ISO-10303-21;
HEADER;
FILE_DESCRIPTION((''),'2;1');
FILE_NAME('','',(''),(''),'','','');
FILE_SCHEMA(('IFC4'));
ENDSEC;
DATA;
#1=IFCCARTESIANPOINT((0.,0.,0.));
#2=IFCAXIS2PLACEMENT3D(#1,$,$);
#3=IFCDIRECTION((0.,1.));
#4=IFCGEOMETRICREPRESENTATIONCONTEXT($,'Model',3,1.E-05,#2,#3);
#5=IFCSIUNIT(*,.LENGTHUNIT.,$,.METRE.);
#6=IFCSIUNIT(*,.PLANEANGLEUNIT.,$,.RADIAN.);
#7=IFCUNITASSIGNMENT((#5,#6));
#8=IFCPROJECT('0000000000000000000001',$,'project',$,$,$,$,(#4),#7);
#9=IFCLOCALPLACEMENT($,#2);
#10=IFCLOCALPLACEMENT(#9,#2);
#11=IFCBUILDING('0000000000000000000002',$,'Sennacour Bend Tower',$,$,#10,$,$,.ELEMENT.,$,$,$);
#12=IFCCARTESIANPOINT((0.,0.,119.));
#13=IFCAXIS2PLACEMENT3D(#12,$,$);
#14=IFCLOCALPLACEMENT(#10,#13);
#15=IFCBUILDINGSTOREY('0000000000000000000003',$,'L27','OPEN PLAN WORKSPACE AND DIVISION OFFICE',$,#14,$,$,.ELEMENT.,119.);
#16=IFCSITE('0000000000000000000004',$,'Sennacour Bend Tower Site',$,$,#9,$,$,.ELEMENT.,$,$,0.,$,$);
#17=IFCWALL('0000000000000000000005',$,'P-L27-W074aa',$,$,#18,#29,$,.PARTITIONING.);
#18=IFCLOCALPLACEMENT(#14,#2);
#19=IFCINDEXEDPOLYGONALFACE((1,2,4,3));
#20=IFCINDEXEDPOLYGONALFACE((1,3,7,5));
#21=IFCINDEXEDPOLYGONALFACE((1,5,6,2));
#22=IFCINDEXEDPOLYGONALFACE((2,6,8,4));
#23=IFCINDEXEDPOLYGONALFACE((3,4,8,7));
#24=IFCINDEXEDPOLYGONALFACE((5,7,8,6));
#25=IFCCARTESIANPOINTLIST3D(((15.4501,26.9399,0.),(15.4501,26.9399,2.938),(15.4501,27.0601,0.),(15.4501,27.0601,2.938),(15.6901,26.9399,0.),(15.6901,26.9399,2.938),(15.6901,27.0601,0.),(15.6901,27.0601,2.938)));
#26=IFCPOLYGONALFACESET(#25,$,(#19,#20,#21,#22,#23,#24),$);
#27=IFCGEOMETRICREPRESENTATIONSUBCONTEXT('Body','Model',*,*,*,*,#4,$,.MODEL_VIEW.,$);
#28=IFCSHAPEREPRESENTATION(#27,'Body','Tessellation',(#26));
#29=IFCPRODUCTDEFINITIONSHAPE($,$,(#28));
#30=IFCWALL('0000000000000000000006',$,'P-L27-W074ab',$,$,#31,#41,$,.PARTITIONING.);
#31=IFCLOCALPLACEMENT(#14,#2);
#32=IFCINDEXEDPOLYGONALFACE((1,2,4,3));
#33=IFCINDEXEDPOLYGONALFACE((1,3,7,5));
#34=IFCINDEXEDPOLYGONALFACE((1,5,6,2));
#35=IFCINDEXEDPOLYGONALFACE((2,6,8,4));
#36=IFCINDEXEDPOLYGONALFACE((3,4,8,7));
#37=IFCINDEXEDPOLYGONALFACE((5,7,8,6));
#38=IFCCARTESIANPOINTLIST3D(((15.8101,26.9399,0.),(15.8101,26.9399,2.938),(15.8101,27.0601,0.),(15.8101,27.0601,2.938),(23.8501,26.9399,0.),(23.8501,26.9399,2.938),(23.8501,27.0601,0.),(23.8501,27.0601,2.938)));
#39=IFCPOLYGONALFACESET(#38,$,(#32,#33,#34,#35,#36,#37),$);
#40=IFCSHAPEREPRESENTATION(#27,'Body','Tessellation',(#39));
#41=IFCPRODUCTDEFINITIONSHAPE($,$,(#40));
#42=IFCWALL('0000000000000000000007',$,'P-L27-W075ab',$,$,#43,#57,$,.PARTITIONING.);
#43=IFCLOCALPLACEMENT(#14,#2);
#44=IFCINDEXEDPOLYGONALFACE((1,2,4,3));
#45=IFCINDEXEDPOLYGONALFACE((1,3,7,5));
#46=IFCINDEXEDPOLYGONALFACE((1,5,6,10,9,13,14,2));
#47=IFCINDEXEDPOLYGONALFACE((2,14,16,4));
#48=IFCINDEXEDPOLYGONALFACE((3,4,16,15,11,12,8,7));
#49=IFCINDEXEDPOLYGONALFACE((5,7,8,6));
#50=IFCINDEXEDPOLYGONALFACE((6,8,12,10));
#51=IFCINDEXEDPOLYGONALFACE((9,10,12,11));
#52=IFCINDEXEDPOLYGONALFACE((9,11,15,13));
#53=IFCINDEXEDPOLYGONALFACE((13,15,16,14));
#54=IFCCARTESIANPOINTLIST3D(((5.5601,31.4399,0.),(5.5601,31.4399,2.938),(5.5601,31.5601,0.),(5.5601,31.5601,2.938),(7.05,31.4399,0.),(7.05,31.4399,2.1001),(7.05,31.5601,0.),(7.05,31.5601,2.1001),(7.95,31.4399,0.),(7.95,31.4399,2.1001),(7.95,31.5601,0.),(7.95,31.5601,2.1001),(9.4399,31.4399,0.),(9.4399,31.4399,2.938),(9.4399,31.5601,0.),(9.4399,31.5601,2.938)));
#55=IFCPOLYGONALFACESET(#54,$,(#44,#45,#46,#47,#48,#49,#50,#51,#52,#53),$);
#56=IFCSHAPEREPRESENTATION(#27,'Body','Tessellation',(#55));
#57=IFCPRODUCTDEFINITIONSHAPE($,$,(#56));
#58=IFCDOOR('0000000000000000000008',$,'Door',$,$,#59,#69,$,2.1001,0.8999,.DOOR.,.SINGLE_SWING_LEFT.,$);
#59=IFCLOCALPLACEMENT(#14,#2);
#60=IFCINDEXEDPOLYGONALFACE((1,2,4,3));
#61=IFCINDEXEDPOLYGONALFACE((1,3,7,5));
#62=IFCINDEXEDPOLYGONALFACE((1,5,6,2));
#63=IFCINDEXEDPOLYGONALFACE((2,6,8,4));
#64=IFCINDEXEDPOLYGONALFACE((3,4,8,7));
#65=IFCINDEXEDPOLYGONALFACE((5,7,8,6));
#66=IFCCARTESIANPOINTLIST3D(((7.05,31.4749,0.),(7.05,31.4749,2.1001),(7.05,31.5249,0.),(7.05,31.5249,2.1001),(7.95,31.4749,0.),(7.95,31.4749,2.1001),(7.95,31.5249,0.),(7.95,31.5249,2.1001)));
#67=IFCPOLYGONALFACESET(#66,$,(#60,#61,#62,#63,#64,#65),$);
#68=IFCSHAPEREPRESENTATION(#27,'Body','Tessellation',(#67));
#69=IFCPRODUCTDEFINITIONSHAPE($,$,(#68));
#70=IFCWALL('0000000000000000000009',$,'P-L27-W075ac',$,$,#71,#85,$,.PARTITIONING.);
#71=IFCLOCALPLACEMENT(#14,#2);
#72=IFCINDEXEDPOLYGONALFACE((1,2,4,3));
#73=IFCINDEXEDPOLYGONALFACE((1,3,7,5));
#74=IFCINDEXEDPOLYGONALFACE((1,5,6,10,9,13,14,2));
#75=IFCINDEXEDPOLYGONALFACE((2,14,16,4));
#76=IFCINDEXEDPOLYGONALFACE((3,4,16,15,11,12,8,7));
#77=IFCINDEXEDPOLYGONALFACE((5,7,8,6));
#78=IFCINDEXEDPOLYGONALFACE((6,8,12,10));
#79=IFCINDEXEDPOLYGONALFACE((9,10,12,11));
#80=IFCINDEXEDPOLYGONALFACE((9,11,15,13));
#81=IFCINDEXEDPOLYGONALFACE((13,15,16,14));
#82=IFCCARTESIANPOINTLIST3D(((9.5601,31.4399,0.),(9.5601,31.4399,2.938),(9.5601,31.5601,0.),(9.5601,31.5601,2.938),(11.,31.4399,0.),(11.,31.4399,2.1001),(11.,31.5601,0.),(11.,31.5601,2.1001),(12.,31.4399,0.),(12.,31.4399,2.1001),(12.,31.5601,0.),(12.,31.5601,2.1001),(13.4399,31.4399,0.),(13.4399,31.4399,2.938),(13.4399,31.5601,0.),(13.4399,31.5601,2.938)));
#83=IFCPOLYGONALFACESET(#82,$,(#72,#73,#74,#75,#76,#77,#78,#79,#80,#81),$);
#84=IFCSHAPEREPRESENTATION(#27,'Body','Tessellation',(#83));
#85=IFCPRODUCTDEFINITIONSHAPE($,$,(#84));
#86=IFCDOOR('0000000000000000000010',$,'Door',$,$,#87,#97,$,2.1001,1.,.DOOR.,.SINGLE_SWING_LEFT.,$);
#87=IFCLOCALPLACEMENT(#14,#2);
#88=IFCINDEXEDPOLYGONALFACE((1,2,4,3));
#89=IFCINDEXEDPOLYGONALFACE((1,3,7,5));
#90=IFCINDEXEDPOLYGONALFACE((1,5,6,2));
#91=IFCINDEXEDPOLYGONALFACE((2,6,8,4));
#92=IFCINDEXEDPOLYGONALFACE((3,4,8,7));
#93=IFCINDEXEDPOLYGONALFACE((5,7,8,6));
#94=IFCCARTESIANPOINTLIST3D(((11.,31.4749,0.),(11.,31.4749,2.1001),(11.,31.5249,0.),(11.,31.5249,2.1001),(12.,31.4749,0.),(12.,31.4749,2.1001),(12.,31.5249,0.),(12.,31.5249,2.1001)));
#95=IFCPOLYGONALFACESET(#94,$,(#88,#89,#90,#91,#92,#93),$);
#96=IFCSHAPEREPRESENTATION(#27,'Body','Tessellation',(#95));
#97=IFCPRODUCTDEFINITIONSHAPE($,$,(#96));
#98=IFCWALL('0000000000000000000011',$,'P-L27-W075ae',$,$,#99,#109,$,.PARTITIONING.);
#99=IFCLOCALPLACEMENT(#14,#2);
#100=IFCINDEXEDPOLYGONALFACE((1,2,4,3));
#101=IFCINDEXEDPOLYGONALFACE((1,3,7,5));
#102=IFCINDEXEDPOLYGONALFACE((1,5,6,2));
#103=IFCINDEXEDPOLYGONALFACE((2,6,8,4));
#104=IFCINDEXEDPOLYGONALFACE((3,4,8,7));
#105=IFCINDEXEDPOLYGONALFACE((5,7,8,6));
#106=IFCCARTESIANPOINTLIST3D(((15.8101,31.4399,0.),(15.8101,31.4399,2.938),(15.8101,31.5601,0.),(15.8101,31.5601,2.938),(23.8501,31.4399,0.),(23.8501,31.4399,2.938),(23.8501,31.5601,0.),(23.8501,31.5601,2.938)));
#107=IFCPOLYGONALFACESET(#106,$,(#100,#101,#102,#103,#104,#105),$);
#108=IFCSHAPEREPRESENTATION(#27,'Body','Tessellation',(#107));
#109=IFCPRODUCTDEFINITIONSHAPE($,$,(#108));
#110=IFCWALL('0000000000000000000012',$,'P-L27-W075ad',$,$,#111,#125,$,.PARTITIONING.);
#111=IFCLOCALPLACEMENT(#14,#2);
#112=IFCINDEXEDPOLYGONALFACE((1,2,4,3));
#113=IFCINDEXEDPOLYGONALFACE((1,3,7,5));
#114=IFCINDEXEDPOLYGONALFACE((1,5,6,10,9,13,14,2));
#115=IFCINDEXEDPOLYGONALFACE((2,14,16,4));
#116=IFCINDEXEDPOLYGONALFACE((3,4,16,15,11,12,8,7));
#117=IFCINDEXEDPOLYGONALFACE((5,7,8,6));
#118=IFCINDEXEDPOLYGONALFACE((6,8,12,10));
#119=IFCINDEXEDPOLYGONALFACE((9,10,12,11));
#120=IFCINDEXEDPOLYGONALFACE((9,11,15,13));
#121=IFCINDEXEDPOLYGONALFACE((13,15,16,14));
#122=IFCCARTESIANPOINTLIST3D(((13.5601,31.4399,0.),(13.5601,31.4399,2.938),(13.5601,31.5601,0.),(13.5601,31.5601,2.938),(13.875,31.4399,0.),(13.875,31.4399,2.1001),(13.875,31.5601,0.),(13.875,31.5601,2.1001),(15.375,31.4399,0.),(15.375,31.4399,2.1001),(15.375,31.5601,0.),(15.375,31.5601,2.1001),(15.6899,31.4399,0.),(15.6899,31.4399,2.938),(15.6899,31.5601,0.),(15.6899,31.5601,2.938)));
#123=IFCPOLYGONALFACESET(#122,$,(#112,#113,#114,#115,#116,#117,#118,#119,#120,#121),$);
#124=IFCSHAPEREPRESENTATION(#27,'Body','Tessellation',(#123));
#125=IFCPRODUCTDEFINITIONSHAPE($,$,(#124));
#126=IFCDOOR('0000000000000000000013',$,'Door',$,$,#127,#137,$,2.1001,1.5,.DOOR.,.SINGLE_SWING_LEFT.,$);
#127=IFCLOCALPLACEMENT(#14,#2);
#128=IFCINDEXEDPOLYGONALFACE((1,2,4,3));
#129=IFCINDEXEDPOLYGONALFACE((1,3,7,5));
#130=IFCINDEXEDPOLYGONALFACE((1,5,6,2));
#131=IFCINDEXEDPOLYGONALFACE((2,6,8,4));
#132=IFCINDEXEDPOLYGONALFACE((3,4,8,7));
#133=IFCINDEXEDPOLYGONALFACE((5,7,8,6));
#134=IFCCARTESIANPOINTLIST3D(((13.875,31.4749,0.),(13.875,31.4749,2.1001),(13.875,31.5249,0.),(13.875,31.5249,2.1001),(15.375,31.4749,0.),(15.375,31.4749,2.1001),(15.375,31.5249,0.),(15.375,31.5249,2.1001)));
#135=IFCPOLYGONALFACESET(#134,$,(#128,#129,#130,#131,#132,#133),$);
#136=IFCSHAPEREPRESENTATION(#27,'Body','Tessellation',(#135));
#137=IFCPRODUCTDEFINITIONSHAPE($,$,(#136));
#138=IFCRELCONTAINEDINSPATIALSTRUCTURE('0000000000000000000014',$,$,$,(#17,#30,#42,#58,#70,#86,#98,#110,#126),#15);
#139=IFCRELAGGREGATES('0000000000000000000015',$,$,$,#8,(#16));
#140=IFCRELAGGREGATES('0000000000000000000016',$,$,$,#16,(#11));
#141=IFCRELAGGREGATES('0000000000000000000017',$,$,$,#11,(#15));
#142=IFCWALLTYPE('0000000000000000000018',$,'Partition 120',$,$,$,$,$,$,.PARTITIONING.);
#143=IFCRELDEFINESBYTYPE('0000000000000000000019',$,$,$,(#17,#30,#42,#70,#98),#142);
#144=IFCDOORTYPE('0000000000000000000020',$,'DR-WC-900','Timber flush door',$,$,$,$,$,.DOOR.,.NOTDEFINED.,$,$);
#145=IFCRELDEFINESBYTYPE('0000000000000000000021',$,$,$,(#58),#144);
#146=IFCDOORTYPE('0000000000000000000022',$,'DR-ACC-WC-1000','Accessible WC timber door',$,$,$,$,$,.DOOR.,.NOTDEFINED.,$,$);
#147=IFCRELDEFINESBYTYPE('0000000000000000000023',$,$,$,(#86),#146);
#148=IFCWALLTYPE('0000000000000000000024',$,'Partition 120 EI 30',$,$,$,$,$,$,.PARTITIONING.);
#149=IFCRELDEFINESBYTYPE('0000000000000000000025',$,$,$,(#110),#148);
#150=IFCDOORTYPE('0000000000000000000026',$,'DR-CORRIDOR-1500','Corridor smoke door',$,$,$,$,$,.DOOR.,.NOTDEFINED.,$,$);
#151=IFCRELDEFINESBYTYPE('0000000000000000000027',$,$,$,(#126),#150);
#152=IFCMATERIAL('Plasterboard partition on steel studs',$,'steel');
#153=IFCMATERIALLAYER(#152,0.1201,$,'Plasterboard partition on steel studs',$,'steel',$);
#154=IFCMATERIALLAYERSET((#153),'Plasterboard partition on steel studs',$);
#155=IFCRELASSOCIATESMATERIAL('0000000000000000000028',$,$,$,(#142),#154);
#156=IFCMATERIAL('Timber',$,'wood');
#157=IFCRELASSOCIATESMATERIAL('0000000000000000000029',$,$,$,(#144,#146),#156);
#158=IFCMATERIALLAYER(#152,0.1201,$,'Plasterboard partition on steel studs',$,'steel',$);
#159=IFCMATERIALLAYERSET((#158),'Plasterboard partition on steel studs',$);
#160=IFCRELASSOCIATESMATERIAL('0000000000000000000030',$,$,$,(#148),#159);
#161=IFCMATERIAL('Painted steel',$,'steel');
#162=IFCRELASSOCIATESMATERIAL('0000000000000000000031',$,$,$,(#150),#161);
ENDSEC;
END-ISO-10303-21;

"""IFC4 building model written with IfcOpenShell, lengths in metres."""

from ifc_helpers import new_model, si_unit, direction, frame, frame_2d, origin, place, context, subcontext, project, spatial, rectangle, extrude, material, layer, layer_set, type_object, element, fill, save


model = new_model("IFC4")

# Units and contexts
model_context = context("Model", 3, precision=1e-05, world=origin(), true_north=direction((0.0, 1.0)))
body_context = subcontext(model_context, "Body", "Model", "MODEL_VIEW")
ifc_project = project(units=[si_unit("LENGTHUNIT", "METRE"), si_unit("PLANEANGLEUNIT", "RADIAN")], contexts=[model_context])

# Site, building, storey
site_placement = place(None, origin())
site = spatial("IfcSite", under=ifc_project, at=site_placement, Name="Sennacour Bend Tower Site", CompositionType="ELEMENT", RefElevation=0.0)
building_placement = place(site_placement, origin())
building = spatial("IfcBuilding", under=site, at=building_placement, Name="Sennacour Bend Tower", CompositionType="ELEMENT")
storey_placement = place(building_placement, frame((0.0, 0.0, 119.0)))
storey = spatial("IfcBuildingStorey", under=building, at=storey_placement, Name="L27", Description="OPEN PLAN WORKSPACE AND DIVISION OFFICE", CompositionType="ELEMENT", Elevation=119.0)

# Walls
ifc_material_1 = material(Name="Plasterboard partition on steel studs", Category="steel")
ifc_layer_1 = layer(ifc_material_1, 0.1201, Name="Plasterboard partition on steel studs", Category="steel")
ifc_layer_set_1 = layer_set([ifc_layer_1], Name="Plasterboard partition on steel studs")
wall_type_1 = type_object("IfcWallType", Name="Partition 120", PredefinedType="PARTITIONING", material=ifc_layer_set_1)
wall_1_placement = place(storey_placement, frame((15.45, 27.0, 0.0), z_axis=(0.0, 0.0, 1.0), x_axis=(1.0, 0.0, 0.0)))
element("IfcWall", 1, at=wall_1_placement, inside=storey, type_object=wall_type_1, Name="P-L27-W074aa", PredefinedType="PARTITIONING", context=body_context, shape_type="SweptSolid", body=[
    extrude(rectangle(XDim=0.24, YDim=0.1201, at=frame_2d((0.1201, 0.0))), origin(), (0.0, 0.0, 1.0), 2.938),
])
wall_2_placement = place(storey_placement, frame((15.8101, 27.0, 0.0), z_axis=(0.0, 0.0, 1.0), x_axis=(1.0, 0.0, 0.0)))
element("IfcWall", 2, at=wall_2_placement, inside=storey, type_object=wall_type_1, Name="P-L27-W074ab", PredefinedType="PARTITIONING", context=body_context, shape_type="SweptSolid", body=[
    extrude(rectangle(XDim=8.04, YDim=0.1201, at=frame_2d((4.02, 0.0))), origin(), (0.0, 0.0, 1.0), 2.938),
])

# Walls, openings, doors
wall_3_placement = place(storey_placement, frame((5.5601, 31.5, 0.0), z_axis=(0.0, 0.0, 1.0), x_axis=(1.0, 0.0, 0.0)))
wall_3 = element("IfcWall", 3, at=wall_3_placement, inside=storey, type_object=wall_type_1, Name="P-L27-W075ab", PredefinedType="PARTITIONING", context=body_context, shape_type="SweptSolid", body=[
    extrude(rectangle(XDim=3.8799, YDim=0.1201, at=frame_2d((1.9399, 0.0))), origin(), (0.0, 0.0, 1.0), 2.938),
])
opening_1_placement = place(wall_3_placement, frame((1.49, 0.0, 0.0)))
opening_1 = element("IfcOpeningElement", 4, at=opening_1_placement, cuts=wall_3, PredefinedType="OPENING", context=body_context, shape_type="SweptSolid", body=[
    extrude(rectangle(XDim=0.8999, YDim=2.1001, at=frame_2d((0.45, 1.05))), frame((0.0, 0.0701, 0.0), z_axis=(0.0, -1.0, 0.0), x_axis=(1.0, 0.0, 0.0)), (0.0, 0.0, 1.0), 0.1401),
])
ifc_material_2 = material(Name="Timber", Category="wood")
door_type_1 = type_object("IfcDoorType", Name="DR-WC-900", Description="Timber flush door", OperationType="NOTDEFINED", PredefinedType="DOOR", material=ifc_material_2)
door_1_placement = place(opening_1_placement, origin())
door_1 = element("IfcDoor", 5, at=door_1_placement, inside=storey, type_object=door_type_1, Name="Door", OperationType="SINGLE_SWING_LEFT", OverallHeight=2.1001, OverallWidth=0.8999, PredefinedType="DOOR", context=body_context, shape_type="SweptSolid", body=[
    extrude(rectangle(XDim=0.8999, YDim=2.1001, at=frame_2d((0.45, 1.05))), frame((0.0, 0.0249, 0.0), z_axis=(0.0, -1.0, 0.0), x_axis=(1.0, 0.0, 0.0)), (0.0, 0.0, 1.0), 0.05),
])
fill(opening_1, door_1)
wall_4_placement = place(storey_placement, frame((9.5601, 31.5, 0.0), z_axis=(0.0, 0.0, 1.0), x_axis=(1.0, 0.0, 0.0)))
wall_4 = element("IfcWall", 6, at=wall_4_placement, inside=storey, type_object=wall_type_1, Name="P-L27-W075ac", PredefinedType="PARTITIONING", context=body_context, shape_type="SweptSolid", body=[
    extrude(rectangle(XDim=3.8799, YDim=0.1201, at=frame_2d((1.9399, 0.0))), origin(), (0.0, 0.0, 1.0), 2.938),
])
opening_2_placement = place(wall_4_placement, frame((1.4399, 0.0, 0.0)))
opening_2 = element("IfcOpeningElement", 7, at=opening_2_placement, cuts=wall_4, PredefinedType="OPENING", context=body_context, shape_type="SweptSolid", body=[
    extrude(rectangle(XDim=1.0, YDim=2.1001, at=frame_2d((0.5, 1.05))), frame((0.0, 0.0701, 0.0), z_axis=(0.0, -1.0, 0.0), x_axis=(1.0, 0.0, 0.0)), (0.0, 0.0, 1.0), 0.1401),
])
door_type_2 = type_object("IfcDoorType", Name="DR-ACC-WC-1000", Description="Accessible WC timber door", OperationType="NOTDEFINED", PredefinedType="DOOR", material=ifc_material_2)
door_2_placement = place(opening_2_placement, origin())
door_2 = element("IfcDoor", 8, at=door_2_placement, inside=storey, type_object=door_type_2, Name="Door", OperationType="SINGLE_SWING_LEFT", OverallHeight=2.1001, OverallWidth=1.0, PredefinedType="DOOR", context=body_context, shape_type="SweptSolid", body=[
    extrude(rectangle(XDim=1.0, YDim=2.1001, at=frame_2d((0.5, 1.05))), frame((0.0, 0.0249, 0.0), z_axis=(0.0, -1.0, 0.0), x_axis=(1.0, 0.0, 0.0)), (0.0, 0.0, 1.0), 0.05),
])
fill(opening_2, door_2)

# Wall
wall_5_placement = place(storey_placement, frame((15.8101, 31.5, 0.0), z_axis=(0.0, 0.0, 1.0), x_axis=(1.0, 0.0, 0.0)))
element("IfcWall", 9, at=wall_5_placement, inside=storey, type_object=wall_type_1, Name="P-L27-W075ae", PredefinedType="PARTITIONING", context=body_context, shape_type="SweptSolid", body=[
    extrude(rectangle(XDim=8.04, YDim=0.1201, at=frame_2d((4.02, 0.0))), origin(), (0.0, 0.0, 1.0), 2.938),
])

# Wall, opening, door
ifc_layer_2 = layer(ifc_material_1, 0.1201, Name="Plasterboard partition on steel studs", Category="steel")
ifc_layer_set_2 = layer_set([ifc_layer_2], Name="Plasterboard partition on steel studs")
wall_type_2 = type_object("IfcWallType", Name="Partition 120 EI 30", PredefinedType="PARTITIONING", material=ifc_layer_set_2)
wall_6_placement = place(storey_placement, frame((13.5601, 31.5, 0.0), z_axis=(0.0, 0.0, 1.0), x_axis=(1.0, 0.0, 0.0)))
wall_6 = element("IfcWall", 10, at=wall_6_placement, inside=storey, type_object=wall_type_2, Name="P-L27-W075ad", PredefinedType="PARTITIONING", context=body_context, shape_type="SweptSolid", body=[
    extrude(rectangle(XDim=2.1299, YDim=0.1201, at=frame_2d((1.0649, 0.0))), origin(), (0.0, 0.0, 1.0), 2.938),
])
opening_3_placement = place(wall_6_placement, frame((0.3149, 0.0, 0.0)))
opening_3 = element("IfcOpeningElement", 11, at=opening_3_placement, cuts=wall_6, PredefinedType="OPENING", context=body_context, shape_type="SweptSolid", body=[
    extrude(rectangle(XDim=1.5, YDim=2.1001, at=frame_2d((0.75, 1.05))), frame((0.0, 0.0701, 0.0), z_axis=(0.0, -1.0, 0.0), x_axis=(1.0, 0.0, 0.0)), (0.0, 0.0, 1.0), 0.1401),
])
ifc_material_3 = material(Name="Painted steel", Category="steel")
door_type_3 = type_object("IfcDoorType", Name="DR-CORRIDOR-1500", Description="Corridor smoke door", OperationType="NOTDEFINED", PredefinedType="DOOR", material=ifc_material_3)
door_3_placement = place(opening_3_placement, origin())
door_3 = element("IfcDoor", 12, at=door_3_placement, inside=storey, type_object=door_type_3, Name="Door", OperationType="SINGLE_SWING_LEFT", OverallHeight=2.1001, OverallWidth=1.5, PredefinedType="DOOR", context=body_context, shape_type="SweptSolid", body=[
    extrude(rectangle(XDim=1.5, YDim=2.1001, at=frame_2d((0.75, 1.05))), frame((0.0, 0.0249, 0.0), z_axis=(0.0, -1.0, 0.0), x_axis=(1.0, 0.0, 0.0)), (0.0, 0.0, 1.0), 0.05),
])
fill(opening_3, door_3)

save(model, "model.ifc")
